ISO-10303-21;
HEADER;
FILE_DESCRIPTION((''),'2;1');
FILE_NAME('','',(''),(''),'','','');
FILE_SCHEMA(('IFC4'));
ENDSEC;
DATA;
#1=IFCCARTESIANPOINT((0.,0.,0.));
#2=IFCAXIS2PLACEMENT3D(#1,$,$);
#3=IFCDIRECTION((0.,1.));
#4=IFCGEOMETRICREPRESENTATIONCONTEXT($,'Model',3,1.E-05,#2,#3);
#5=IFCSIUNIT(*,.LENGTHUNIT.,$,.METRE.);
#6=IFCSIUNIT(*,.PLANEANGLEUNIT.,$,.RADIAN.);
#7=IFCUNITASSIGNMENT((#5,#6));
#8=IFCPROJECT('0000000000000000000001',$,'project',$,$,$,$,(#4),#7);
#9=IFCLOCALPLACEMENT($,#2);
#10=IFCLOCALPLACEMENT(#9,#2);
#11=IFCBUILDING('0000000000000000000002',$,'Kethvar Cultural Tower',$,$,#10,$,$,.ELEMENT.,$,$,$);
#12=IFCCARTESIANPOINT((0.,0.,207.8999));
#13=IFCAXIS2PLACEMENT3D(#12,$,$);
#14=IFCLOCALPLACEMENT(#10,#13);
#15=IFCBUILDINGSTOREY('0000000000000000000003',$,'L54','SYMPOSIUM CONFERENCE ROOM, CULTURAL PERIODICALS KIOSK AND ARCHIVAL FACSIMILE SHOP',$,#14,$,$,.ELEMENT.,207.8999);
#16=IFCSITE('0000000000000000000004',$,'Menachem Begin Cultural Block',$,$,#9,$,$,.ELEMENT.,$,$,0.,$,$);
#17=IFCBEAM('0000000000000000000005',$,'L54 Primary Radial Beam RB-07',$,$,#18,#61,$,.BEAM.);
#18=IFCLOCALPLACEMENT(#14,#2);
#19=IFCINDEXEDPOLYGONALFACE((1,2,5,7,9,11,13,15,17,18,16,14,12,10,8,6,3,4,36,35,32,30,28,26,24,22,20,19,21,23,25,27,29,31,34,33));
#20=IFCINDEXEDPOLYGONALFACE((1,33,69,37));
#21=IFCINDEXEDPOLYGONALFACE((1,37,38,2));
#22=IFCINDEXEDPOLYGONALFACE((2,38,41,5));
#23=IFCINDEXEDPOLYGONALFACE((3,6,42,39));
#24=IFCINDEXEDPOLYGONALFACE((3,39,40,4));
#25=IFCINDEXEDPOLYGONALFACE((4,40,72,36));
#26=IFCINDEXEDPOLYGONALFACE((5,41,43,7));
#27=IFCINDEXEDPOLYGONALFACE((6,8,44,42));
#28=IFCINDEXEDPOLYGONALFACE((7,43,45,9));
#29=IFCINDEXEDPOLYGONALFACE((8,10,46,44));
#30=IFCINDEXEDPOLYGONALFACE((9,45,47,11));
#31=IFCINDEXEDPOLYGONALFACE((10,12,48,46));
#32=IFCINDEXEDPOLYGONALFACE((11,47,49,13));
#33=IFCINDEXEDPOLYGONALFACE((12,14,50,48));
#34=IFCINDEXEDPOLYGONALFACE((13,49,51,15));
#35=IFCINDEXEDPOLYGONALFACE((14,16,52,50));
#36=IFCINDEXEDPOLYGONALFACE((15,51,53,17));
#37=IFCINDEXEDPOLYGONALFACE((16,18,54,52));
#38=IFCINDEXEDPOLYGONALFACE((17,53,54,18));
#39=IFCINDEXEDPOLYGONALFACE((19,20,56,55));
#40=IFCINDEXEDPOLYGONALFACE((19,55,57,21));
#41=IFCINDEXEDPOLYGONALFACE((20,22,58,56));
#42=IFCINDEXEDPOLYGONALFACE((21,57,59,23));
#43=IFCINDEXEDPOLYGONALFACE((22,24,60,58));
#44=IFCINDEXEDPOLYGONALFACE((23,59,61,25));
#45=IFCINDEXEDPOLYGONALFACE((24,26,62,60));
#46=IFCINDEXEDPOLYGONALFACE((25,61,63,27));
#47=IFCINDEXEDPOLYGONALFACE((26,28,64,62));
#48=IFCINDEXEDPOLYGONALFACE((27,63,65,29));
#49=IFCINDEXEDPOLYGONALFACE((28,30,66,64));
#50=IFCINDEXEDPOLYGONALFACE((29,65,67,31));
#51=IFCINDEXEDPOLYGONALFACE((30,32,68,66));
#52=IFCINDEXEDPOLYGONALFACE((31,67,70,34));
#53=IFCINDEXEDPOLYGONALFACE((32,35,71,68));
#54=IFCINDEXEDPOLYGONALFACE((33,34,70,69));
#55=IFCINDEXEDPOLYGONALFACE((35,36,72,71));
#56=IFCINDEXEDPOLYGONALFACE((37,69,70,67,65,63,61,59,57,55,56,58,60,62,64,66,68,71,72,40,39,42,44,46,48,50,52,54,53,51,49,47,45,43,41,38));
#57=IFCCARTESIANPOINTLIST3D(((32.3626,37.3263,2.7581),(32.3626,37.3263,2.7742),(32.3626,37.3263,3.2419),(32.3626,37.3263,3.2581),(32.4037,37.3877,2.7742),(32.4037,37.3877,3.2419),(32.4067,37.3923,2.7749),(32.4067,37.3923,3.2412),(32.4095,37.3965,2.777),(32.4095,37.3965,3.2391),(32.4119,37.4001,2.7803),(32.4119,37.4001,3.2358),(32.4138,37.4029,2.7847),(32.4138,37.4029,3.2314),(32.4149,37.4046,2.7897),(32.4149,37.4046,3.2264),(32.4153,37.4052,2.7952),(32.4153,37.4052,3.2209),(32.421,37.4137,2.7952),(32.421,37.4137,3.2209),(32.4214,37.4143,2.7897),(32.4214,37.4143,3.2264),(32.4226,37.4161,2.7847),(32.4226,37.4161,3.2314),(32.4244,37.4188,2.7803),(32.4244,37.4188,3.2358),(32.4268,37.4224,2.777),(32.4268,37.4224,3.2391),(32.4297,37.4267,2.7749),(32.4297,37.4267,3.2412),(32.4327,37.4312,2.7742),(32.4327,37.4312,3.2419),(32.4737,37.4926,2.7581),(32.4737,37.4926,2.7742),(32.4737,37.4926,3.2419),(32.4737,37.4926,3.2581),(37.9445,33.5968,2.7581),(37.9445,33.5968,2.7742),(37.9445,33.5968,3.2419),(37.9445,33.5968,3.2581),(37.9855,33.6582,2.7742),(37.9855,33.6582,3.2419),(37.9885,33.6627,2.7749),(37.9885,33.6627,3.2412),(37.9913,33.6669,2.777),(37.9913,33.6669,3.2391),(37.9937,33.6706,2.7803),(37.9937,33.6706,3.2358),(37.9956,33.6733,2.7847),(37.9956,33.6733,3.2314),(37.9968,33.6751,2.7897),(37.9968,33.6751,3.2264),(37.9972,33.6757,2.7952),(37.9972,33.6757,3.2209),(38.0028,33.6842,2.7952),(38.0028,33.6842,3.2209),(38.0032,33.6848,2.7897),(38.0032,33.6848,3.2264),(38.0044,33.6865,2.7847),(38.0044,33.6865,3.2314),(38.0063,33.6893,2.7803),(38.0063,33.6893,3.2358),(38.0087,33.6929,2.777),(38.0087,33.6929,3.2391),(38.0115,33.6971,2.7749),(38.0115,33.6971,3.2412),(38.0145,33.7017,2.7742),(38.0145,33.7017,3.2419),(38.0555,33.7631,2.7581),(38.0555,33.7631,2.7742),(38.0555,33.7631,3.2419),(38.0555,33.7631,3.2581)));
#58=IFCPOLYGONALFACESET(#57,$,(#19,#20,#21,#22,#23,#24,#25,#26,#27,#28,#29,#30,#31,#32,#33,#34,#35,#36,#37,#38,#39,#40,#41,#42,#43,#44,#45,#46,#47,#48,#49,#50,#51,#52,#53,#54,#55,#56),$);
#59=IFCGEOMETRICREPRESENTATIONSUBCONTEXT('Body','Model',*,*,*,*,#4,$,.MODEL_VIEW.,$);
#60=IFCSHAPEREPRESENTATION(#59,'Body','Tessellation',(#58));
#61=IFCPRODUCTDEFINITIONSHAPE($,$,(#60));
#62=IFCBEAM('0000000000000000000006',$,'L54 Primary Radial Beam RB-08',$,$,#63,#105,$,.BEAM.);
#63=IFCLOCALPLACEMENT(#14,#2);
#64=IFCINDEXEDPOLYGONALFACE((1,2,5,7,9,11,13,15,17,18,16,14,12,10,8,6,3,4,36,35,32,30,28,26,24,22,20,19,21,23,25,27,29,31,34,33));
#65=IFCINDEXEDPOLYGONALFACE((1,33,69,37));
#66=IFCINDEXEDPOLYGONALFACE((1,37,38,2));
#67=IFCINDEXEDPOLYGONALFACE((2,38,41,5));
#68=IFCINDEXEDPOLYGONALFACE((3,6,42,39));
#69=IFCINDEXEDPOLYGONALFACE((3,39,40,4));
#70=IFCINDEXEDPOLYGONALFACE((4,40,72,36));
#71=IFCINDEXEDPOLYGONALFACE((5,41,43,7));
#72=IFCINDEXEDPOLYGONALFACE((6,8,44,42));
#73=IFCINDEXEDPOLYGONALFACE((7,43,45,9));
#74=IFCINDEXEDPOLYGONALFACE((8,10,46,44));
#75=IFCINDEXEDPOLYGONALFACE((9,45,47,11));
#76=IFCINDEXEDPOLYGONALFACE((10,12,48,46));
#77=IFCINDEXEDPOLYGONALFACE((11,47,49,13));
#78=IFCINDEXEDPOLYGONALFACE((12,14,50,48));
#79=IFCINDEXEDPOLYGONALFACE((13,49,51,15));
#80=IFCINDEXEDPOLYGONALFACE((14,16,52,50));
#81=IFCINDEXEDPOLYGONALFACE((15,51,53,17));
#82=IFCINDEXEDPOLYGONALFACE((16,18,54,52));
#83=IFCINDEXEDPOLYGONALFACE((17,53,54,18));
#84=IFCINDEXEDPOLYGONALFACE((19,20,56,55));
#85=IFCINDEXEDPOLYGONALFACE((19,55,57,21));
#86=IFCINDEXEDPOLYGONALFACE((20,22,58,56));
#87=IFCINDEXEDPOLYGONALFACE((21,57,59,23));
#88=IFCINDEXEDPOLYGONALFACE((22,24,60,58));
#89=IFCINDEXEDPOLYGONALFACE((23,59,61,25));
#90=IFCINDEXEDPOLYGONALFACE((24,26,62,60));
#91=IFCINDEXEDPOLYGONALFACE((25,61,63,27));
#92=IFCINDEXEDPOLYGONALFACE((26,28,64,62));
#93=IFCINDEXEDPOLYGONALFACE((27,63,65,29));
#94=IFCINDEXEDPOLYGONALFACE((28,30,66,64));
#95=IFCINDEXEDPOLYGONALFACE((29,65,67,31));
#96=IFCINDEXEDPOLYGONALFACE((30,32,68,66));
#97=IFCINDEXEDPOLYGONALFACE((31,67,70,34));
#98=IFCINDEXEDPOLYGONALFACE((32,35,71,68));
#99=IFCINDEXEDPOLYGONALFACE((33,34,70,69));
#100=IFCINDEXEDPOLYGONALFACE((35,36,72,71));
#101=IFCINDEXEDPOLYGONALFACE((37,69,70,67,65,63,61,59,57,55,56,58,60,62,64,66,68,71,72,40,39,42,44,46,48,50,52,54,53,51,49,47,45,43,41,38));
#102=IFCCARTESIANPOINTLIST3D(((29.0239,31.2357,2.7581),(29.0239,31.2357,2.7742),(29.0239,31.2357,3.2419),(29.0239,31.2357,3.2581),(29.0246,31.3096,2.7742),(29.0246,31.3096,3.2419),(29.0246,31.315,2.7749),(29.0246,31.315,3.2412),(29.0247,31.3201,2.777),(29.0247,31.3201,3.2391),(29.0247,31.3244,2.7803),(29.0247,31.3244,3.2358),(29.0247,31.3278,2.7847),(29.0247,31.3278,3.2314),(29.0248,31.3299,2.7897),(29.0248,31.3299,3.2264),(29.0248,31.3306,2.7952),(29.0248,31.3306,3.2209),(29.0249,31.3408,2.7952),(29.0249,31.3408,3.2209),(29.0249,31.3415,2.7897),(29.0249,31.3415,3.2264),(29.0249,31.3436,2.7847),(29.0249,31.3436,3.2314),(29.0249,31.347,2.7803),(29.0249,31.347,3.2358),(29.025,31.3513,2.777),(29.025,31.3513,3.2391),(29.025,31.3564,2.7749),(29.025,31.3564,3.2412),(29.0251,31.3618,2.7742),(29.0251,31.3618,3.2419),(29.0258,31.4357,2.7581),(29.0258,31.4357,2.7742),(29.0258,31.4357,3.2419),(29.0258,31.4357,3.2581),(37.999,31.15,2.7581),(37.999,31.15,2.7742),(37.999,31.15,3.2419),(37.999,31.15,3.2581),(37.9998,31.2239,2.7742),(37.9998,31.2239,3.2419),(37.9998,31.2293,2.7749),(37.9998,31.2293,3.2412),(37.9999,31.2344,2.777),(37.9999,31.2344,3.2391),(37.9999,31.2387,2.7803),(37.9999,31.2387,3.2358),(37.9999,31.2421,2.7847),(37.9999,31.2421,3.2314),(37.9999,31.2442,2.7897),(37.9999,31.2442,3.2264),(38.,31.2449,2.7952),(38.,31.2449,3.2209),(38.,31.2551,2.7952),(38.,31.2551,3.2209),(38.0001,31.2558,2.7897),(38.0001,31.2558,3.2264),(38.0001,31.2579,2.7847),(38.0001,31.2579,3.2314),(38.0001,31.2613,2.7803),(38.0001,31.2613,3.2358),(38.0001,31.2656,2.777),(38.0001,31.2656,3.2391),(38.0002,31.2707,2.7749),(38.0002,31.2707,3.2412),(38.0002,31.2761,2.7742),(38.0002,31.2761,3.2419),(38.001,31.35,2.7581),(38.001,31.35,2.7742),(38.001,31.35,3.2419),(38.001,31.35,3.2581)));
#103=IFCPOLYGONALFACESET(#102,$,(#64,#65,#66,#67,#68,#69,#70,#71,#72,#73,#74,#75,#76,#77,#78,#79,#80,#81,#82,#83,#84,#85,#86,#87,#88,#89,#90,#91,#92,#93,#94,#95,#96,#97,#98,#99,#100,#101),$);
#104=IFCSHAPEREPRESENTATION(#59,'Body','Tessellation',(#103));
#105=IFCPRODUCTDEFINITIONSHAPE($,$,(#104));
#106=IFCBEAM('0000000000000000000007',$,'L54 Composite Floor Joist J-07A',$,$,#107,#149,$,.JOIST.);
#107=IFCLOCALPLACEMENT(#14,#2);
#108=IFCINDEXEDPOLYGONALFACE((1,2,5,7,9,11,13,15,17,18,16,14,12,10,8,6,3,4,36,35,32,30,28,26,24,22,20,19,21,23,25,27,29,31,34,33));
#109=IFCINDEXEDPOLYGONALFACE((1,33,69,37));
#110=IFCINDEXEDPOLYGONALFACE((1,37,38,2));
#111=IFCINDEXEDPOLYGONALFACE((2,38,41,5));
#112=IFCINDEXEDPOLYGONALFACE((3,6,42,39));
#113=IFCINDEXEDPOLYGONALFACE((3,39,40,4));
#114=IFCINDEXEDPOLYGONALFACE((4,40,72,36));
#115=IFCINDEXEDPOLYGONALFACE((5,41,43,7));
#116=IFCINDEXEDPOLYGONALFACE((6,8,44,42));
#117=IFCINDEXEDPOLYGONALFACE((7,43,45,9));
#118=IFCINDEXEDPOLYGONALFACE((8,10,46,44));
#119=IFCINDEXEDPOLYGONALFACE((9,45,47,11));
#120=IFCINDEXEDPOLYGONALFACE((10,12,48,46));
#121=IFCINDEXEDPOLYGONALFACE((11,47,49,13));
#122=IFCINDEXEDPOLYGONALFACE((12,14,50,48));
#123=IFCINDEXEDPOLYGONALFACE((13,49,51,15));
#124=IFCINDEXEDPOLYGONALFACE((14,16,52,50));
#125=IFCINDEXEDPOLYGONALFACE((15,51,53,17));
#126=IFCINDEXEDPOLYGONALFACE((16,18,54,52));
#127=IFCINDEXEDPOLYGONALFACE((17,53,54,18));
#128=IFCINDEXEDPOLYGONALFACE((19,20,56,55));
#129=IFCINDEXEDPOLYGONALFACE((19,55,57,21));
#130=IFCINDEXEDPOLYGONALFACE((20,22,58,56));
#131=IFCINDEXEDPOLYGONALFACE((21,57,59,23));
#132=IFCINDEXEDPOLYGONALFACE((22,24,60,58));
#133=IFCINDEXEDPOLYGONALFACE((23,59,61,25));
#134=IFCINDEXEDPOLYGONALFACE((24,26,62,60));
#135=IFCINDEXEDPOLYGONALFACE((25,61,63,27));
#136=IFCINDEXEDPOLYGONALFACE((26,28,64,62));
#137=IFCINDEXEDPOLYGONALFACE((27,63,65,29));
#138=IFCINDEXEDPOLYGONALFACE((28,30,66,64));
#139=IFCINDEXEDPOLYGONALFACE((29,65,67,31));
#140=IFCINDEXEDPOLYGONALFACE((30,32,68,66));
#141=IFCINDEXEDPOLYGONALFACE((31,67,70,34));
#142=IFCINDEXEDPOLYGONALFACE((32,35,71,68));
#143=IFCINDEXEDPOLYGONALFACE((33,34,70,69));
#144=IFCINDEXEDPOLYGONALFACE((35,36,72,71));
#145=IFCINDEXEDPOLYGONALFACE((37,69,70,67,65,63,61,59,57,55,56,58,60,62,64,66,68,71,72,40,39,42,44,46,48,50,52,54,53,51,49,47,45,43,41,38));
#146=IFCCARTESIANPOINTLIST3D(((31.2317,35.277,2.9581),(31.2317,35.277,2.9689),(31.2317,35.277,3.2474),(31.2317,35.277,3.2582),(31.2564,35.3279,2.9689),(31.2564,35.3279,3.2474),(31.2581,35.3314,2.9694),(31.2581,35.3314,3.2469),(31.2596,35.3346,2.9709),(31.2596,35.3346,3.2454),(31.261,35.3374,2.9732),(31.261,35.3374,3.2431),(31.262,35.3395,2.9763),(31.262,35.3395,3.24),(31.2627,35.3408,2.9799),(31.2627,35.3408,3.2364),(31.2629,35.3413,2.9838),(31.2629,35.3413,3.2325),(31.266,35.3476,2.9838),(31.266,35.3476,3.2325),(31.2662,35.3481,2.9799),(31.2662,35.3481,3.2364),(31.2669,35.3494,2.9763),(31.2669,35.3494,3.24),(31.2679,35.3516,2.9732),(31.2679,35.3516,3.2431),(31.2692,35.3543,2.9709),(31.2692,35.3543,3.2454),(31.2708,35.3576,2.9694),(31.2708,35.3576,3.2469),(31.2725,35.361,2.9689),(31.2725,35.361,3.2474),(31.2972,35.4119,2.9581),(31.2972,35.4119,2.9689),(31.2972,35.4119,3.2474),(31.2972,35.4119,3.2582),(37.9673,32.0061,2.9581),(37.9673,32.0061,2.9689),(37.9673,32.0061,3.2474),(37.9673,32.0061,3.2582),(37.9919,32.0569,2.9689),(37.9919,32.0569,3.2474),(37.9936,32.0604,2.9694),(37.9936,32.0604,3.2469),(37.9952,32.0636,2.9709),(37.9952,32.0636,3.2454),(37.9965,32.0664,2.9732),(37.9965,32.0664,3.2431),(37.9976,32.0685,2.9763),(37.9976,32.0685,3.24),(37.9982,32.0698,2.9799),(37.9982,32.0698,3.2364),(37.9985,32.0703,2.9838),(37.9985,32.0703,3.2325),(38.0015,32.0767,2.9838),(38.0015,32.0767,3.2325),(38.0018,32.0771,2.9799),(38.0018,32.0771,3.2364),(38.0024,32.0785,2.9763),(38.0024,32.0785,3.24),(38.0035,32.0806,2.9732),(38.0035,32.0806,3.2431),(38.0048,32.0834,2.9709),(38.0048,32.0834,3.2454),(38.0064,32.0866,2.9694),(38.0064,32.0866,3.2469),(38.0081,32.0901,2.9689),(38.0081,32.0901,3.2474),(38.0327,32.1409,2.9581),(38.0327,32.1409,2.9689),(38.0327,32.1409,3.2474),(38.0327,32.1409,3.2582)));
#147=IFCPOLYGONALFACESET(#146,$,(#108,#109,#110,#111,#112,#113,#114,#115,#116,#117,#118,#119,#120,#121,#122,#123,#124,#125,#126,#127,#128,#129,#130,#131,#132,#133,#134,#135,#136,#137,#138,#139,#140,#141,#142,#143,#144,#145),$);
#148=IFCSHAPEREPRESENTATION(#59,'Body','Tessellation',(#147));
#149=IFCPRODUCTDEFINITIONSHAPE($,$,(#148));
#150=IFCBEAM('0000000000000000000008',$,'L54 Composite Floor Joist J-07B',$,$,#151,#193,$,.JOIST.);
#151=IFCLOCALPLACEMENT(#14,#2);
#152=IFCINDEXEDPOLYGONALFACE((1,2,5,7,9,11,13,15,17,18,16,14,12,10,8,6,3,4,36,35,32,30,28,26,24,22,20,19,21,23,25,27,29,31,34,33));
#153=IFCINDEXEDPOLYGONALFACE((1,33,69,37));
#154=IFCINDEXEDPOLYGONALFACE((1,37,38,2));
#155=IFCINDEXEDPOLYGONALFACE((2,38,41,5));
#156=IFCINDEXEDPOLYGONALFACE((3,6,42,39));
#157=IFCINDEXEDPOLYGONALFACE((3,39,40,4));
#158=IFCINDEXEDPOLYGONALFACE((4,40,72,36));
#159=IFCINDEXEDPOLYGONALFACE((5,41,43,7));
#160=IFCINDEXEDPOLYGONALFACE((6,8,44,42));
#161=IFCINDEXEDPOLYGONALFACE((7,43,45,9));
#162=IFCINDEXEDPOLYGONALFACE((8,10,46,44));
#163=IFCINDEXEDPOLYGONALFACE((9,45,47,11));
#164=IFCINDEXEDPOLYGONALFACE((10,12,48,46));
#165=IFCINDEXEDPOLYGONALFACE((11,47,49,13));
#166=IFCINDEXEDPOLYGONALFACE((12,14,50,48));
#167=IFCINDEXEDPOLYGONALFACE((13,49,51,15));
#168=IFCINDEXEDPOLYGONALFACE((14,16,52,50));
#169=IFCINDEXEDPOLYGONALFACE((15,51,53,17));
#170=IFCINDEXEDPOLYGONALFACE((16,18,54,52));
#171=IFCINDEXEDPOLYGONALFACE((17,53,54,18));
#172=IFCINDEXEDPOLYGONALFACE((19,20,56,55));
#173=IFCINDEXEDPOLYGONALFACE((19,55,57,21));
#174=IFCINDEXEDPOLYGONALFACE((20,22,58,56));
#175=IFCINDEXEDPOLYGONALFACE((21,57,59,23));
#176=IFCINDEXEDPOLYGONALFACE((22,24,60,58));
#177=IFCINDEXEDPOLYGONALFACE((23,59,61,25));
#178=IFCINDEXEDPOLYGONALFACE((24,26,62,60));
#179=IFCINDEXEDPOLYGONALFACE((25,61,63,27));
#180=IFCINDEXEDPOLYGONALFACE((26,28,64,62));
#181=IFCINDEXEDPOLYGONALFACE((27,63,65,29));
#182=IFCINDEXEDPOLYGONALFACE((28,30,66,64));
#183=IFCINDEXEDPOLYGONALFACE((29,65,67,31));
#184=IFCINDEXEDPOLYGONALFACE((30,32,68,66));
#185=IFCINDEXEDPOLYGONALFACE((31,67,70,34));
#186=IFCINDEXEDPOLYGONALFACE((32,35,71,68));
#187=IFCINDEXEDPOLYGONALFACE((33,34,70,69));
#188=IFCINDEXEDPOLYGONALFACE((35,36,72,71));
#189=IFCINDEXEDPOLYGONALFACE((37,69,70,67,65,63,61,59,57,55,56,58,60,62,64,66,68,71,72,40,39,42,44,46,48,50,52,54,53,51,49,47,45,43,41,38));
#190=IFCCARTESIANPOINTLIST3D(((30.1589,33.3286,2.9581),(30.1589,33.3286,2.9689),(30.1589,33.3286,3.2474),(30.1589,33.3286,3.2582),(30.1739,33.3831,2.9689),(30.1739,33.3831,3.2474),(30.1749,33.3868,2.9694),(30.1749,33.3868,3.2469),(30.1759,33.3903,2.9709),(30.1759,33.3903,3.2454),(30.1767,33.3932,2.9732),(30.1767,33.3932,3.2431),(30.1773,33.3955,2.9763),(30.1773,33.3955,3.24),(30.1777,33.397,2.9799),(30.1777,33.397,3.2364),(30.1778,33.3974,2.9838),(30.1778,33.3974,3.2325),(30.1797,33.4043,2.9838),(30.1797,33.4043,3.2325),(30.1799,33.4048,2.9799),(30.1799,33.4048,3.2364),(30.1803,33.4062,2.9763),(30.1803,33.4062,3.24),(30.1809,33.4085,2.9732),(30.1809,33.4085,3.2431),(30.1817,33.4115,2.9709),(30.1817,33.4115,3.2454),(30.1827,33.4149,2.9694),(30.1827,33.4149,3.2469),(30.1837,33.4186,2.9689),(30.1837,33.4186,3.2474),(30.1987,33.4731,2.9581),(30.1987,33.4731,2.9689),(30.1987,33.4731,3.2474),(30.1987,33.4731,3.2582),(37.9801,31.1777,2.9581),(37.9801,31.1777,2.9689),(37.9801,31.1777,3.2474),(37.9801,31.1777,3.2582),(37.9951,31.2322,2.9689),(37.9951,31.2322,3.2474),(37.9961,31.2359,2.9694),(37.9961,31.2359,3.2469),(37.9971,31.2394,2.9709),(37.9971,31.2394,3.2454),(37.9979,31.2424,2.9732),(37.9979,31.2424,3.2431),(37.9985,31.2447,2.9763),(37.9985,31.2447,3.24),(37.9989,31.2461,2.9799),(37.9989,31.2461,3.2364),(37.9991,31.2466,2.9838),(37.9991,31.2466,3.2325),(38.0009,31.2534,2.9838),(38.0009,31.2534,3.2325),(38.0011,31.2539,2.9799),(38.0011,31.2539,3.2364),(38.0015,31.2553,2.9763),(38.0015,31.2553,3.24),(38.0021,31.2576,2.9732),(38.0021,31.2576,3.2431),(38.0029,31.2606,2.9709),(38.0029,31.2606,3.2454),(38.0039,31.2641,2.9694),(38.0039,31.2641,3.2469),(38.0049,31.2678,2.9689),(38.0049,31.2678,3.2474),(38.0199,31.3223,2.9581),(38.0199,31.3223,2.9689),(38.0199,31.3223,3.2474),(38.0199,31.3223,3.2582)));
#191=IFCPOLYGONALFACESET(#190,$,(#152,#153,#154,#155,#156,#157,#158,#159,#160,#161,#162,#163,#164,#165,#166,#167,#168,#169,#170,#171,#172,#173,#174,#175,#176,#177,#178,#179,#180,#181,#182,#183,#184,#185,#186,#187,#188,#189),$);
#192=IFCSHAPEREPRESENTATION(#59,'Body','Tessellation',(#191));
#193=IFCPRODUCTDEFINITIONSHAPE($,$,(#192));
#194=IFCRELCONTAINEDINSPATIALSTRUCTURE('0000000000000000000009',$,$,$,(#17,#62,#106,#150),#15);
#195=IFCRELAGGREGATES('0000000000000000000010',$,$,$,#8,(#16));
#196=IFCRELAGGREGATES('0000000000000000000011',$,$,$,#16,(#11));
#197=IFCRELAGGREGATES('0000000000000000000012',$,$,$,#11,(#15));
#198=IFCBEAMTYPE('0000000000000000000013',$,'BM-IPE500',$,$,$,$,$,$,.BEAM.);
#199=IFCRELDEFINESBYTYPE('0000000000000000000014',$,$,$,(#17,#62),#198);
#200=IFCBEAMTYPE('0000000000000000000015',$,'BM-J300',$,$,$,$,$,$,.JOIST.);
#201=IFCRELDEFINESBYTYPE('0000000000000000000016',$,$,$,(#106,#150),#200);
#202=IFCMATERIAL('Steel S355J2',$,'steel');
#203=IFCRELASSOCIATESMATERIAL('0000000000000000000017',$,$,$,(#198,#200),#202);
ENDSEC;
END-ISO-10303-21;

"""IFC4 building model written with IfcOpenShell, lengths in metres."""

from ifc_helpers import new_model, si_unit, direction, frame, origin, origin_2d, place, context, subcontext, project, spatial, i_section, extrude, source, transform, mapped, material, material_profile, profile_set, type_object, element, save


model = new_model("IFC4")

# Units and contexts
model_context = context("Model", 3, precision=1e-05, world=origin(), true_north=direction((0.0, 1.0)))
body_context = subcontext(model_context, "Body", "Model", "MODEL_VIEW")
ifc_project = project(units=[si_unit("LENGTHUNIT", "METRE"), si_unit("PLANEANGLEUNIT", "RADIAN")], contexts=[model_context])

# Site, building, storey
site_placement = place(None, origin())
site = spatial("IfcSite", under=ifc_project, at=site_placement, Name="Menachem Begin Cultural Block", CompositionType="ELEMENT", RefElevation=0.0)
building_placement = place(site_placement, origin())
building = spatial("IfcBuilding", under=site, at=building_placement, Name="Kethvar Cultural Tower", CompositionType="ELEMENT")
storey_placement = place(building_placement, frame((0.0, 0.0, 207.8999)))
storey = spatial("IfcBuildingStorey", under=building, at=storey_placement, Name="L54", Description="SYMPOSIUM CONFERENCE ROOM, CULTURAL PERIODICALS KIOSK AND ARCHIVAL FACSIMILE SHOP", CompositionType="ELEMENT", Elevation=207.8999)

# Beams
ifc_material_1 = material(Name="Steel S355J2", Category="steel")
ifc_material_profile_1 = material_profile(ifc_material_1, i_section(OverallWidth=0.2, OverallDepth=0.5, WebThickness=0.0103, FlangeThickness=0.0161, FilletRadius=0.021, at=origin_2d()), Name="Steel S355J2 — IPE500")
ifc_profile_set_1 = profile_set([ifc_material_profile_1], Name="Steel S355J2 — IPE500")
beam_type_1 = type_object("IfcBeamType", Name="BM-IPE500", PredefinedType="BEAM", material=ifc_profile_set_1)
shared_shape_1 = source(origin(), body_context, "Body", "SweptSolid", [
    extrude(i_section(OverallWidth=0.2, OverallDepth=0.5, WebThickness=0.0103, FlangeThickness=0.0161, FilletRadius=0.021, at=origin_2d()), origin(), (0.0, 0.0, 1.0), 6.7131),
])
beam_1_placement = place(storey_placement, frame((38.0, 33.6799, 3.0081), z_axis=(-0.831479, 0.555556, 0.0), x_axis=(-0.555556, -0.831479, 0.0)))
element("IfcBeam", 1, at=beam_1_placement, inside=storey, type_object=beam_type_1, Name="L54 Primary Radial Beam RB-07", PredefinedType="BEAM", context=body_context, shape_type="MappedRepresentation", body=[
    mapped(shared_shape_1, transform((0.0, 0.0, 0.0), scale=1.0)),
])
shared_shape_2 = source(origin(), body_context, "Body", "SweptSolid", [
    extrude(i_section(OverallWidth=0.2, OverallDepth=0.5, WebThickness=0.0103, FlangeThickness=0.0161, FilletRadius=0.021, at=origin_2d()), origin(), (0.0, 0.0, 1.0), 8.9756),
])
beam_2_placement = place(storey_placement, frame((38.0, 31.25, 3.0081), z_axis=(-0.999954, 0.009547, 0.0), x_axis=(-0.009547, -0.999954, 0.0)))
element("IfcBeam", 2, at=beam_2_placement, inside=storey, type_object=beam_type_1, Name="L54 Primary Radial Beam RB-08", PredefinedType="BEAM", context=body_context, shape_type="MappedRepresentation", body=[
    mapped(shared_shape_2, transform((0.0, 0.0, 0.0), scale=1.0)),
])
ifc_material_profile_2 = material_profile(ifc_material_1, i_section(OverallWidth=0.1499, OverallDepth=0.3, WebThickness=0.0071, FlangeThickness=0.0107, FilletRadius=0.0149, at=origin_2d()), Name="Steel S355J2 — IPE300")
ifc_profile_set_2 = profile_set([ifc_material_profile_2], Name="Steel S355J2 — IPE300")
beam_type_2 = type_object("IfcBeamType", Name="BM-J300", PredefinedType="JOIST", material=ifc_profile_set_2)
shared_shape_3 = source(origin(), body_context, "Body", "SweptSolid", [
    extrude(i_section(OverallWidth=0.1499, OverallDepth=0.3, WebThickness=0.0071, FlangeThickness=0.0107, FilletRadius=0.0149, at=origin_2d()), origin(), (0.0, 0.0, 1.0), 7.4878),
])
beam_3_placement = place(storey_placement, frame((38.0, 32.0735, 3.1082), z_axis=(-0.899539, 0.436841, 0.0), x_axis=(-0.436841, -0.899539, 0.0)))
element("IfcBeam", 3, at=beam_3_placement, inside=storey, type_object=beam_type_2, Name="L54 Composite Floor Joist J-07A", PredefinedType="JOIST", context=body_context, shape_type="MappedRepresentation", body=[
    mapped(shared_shape_3, transform((0.0, 0.0, 0.0), scale=1.0)),
])
shared_shape_4 = source(origin(), body_context, "Body", "SweptSolid", [
    extrude(i_section(OverallWidth=0.1499, OverallDepth=0.3, WebThickness=0.0071, FlangeThickness=0.0107, FilletRadius=0.0149, at=origin_2d()), origin(), (0.0, 0.0, 1.0), 8.1116),
])
beam_4_placement = place(storey_placement, frame((38.0, 31.25, 3.1082), z_axis=(-0.964205, 0.265159, 0.0), x_axis=(-0.265159, -0.964205, 0.0)))
element("IfcBeam", 4, at=beam_4_placement, inside=storey, type_object=beam_type_2, Name="L54 Composite Floor Joist J-07B", PredefinedType="JOIST", context=body_context, shape_type="MappedRepresentation", body=[
    mapped(shared_shape_4, transform((0.0, 0.0, 0.0), scale=1.0)),
])

save(model, "model.ifc")
